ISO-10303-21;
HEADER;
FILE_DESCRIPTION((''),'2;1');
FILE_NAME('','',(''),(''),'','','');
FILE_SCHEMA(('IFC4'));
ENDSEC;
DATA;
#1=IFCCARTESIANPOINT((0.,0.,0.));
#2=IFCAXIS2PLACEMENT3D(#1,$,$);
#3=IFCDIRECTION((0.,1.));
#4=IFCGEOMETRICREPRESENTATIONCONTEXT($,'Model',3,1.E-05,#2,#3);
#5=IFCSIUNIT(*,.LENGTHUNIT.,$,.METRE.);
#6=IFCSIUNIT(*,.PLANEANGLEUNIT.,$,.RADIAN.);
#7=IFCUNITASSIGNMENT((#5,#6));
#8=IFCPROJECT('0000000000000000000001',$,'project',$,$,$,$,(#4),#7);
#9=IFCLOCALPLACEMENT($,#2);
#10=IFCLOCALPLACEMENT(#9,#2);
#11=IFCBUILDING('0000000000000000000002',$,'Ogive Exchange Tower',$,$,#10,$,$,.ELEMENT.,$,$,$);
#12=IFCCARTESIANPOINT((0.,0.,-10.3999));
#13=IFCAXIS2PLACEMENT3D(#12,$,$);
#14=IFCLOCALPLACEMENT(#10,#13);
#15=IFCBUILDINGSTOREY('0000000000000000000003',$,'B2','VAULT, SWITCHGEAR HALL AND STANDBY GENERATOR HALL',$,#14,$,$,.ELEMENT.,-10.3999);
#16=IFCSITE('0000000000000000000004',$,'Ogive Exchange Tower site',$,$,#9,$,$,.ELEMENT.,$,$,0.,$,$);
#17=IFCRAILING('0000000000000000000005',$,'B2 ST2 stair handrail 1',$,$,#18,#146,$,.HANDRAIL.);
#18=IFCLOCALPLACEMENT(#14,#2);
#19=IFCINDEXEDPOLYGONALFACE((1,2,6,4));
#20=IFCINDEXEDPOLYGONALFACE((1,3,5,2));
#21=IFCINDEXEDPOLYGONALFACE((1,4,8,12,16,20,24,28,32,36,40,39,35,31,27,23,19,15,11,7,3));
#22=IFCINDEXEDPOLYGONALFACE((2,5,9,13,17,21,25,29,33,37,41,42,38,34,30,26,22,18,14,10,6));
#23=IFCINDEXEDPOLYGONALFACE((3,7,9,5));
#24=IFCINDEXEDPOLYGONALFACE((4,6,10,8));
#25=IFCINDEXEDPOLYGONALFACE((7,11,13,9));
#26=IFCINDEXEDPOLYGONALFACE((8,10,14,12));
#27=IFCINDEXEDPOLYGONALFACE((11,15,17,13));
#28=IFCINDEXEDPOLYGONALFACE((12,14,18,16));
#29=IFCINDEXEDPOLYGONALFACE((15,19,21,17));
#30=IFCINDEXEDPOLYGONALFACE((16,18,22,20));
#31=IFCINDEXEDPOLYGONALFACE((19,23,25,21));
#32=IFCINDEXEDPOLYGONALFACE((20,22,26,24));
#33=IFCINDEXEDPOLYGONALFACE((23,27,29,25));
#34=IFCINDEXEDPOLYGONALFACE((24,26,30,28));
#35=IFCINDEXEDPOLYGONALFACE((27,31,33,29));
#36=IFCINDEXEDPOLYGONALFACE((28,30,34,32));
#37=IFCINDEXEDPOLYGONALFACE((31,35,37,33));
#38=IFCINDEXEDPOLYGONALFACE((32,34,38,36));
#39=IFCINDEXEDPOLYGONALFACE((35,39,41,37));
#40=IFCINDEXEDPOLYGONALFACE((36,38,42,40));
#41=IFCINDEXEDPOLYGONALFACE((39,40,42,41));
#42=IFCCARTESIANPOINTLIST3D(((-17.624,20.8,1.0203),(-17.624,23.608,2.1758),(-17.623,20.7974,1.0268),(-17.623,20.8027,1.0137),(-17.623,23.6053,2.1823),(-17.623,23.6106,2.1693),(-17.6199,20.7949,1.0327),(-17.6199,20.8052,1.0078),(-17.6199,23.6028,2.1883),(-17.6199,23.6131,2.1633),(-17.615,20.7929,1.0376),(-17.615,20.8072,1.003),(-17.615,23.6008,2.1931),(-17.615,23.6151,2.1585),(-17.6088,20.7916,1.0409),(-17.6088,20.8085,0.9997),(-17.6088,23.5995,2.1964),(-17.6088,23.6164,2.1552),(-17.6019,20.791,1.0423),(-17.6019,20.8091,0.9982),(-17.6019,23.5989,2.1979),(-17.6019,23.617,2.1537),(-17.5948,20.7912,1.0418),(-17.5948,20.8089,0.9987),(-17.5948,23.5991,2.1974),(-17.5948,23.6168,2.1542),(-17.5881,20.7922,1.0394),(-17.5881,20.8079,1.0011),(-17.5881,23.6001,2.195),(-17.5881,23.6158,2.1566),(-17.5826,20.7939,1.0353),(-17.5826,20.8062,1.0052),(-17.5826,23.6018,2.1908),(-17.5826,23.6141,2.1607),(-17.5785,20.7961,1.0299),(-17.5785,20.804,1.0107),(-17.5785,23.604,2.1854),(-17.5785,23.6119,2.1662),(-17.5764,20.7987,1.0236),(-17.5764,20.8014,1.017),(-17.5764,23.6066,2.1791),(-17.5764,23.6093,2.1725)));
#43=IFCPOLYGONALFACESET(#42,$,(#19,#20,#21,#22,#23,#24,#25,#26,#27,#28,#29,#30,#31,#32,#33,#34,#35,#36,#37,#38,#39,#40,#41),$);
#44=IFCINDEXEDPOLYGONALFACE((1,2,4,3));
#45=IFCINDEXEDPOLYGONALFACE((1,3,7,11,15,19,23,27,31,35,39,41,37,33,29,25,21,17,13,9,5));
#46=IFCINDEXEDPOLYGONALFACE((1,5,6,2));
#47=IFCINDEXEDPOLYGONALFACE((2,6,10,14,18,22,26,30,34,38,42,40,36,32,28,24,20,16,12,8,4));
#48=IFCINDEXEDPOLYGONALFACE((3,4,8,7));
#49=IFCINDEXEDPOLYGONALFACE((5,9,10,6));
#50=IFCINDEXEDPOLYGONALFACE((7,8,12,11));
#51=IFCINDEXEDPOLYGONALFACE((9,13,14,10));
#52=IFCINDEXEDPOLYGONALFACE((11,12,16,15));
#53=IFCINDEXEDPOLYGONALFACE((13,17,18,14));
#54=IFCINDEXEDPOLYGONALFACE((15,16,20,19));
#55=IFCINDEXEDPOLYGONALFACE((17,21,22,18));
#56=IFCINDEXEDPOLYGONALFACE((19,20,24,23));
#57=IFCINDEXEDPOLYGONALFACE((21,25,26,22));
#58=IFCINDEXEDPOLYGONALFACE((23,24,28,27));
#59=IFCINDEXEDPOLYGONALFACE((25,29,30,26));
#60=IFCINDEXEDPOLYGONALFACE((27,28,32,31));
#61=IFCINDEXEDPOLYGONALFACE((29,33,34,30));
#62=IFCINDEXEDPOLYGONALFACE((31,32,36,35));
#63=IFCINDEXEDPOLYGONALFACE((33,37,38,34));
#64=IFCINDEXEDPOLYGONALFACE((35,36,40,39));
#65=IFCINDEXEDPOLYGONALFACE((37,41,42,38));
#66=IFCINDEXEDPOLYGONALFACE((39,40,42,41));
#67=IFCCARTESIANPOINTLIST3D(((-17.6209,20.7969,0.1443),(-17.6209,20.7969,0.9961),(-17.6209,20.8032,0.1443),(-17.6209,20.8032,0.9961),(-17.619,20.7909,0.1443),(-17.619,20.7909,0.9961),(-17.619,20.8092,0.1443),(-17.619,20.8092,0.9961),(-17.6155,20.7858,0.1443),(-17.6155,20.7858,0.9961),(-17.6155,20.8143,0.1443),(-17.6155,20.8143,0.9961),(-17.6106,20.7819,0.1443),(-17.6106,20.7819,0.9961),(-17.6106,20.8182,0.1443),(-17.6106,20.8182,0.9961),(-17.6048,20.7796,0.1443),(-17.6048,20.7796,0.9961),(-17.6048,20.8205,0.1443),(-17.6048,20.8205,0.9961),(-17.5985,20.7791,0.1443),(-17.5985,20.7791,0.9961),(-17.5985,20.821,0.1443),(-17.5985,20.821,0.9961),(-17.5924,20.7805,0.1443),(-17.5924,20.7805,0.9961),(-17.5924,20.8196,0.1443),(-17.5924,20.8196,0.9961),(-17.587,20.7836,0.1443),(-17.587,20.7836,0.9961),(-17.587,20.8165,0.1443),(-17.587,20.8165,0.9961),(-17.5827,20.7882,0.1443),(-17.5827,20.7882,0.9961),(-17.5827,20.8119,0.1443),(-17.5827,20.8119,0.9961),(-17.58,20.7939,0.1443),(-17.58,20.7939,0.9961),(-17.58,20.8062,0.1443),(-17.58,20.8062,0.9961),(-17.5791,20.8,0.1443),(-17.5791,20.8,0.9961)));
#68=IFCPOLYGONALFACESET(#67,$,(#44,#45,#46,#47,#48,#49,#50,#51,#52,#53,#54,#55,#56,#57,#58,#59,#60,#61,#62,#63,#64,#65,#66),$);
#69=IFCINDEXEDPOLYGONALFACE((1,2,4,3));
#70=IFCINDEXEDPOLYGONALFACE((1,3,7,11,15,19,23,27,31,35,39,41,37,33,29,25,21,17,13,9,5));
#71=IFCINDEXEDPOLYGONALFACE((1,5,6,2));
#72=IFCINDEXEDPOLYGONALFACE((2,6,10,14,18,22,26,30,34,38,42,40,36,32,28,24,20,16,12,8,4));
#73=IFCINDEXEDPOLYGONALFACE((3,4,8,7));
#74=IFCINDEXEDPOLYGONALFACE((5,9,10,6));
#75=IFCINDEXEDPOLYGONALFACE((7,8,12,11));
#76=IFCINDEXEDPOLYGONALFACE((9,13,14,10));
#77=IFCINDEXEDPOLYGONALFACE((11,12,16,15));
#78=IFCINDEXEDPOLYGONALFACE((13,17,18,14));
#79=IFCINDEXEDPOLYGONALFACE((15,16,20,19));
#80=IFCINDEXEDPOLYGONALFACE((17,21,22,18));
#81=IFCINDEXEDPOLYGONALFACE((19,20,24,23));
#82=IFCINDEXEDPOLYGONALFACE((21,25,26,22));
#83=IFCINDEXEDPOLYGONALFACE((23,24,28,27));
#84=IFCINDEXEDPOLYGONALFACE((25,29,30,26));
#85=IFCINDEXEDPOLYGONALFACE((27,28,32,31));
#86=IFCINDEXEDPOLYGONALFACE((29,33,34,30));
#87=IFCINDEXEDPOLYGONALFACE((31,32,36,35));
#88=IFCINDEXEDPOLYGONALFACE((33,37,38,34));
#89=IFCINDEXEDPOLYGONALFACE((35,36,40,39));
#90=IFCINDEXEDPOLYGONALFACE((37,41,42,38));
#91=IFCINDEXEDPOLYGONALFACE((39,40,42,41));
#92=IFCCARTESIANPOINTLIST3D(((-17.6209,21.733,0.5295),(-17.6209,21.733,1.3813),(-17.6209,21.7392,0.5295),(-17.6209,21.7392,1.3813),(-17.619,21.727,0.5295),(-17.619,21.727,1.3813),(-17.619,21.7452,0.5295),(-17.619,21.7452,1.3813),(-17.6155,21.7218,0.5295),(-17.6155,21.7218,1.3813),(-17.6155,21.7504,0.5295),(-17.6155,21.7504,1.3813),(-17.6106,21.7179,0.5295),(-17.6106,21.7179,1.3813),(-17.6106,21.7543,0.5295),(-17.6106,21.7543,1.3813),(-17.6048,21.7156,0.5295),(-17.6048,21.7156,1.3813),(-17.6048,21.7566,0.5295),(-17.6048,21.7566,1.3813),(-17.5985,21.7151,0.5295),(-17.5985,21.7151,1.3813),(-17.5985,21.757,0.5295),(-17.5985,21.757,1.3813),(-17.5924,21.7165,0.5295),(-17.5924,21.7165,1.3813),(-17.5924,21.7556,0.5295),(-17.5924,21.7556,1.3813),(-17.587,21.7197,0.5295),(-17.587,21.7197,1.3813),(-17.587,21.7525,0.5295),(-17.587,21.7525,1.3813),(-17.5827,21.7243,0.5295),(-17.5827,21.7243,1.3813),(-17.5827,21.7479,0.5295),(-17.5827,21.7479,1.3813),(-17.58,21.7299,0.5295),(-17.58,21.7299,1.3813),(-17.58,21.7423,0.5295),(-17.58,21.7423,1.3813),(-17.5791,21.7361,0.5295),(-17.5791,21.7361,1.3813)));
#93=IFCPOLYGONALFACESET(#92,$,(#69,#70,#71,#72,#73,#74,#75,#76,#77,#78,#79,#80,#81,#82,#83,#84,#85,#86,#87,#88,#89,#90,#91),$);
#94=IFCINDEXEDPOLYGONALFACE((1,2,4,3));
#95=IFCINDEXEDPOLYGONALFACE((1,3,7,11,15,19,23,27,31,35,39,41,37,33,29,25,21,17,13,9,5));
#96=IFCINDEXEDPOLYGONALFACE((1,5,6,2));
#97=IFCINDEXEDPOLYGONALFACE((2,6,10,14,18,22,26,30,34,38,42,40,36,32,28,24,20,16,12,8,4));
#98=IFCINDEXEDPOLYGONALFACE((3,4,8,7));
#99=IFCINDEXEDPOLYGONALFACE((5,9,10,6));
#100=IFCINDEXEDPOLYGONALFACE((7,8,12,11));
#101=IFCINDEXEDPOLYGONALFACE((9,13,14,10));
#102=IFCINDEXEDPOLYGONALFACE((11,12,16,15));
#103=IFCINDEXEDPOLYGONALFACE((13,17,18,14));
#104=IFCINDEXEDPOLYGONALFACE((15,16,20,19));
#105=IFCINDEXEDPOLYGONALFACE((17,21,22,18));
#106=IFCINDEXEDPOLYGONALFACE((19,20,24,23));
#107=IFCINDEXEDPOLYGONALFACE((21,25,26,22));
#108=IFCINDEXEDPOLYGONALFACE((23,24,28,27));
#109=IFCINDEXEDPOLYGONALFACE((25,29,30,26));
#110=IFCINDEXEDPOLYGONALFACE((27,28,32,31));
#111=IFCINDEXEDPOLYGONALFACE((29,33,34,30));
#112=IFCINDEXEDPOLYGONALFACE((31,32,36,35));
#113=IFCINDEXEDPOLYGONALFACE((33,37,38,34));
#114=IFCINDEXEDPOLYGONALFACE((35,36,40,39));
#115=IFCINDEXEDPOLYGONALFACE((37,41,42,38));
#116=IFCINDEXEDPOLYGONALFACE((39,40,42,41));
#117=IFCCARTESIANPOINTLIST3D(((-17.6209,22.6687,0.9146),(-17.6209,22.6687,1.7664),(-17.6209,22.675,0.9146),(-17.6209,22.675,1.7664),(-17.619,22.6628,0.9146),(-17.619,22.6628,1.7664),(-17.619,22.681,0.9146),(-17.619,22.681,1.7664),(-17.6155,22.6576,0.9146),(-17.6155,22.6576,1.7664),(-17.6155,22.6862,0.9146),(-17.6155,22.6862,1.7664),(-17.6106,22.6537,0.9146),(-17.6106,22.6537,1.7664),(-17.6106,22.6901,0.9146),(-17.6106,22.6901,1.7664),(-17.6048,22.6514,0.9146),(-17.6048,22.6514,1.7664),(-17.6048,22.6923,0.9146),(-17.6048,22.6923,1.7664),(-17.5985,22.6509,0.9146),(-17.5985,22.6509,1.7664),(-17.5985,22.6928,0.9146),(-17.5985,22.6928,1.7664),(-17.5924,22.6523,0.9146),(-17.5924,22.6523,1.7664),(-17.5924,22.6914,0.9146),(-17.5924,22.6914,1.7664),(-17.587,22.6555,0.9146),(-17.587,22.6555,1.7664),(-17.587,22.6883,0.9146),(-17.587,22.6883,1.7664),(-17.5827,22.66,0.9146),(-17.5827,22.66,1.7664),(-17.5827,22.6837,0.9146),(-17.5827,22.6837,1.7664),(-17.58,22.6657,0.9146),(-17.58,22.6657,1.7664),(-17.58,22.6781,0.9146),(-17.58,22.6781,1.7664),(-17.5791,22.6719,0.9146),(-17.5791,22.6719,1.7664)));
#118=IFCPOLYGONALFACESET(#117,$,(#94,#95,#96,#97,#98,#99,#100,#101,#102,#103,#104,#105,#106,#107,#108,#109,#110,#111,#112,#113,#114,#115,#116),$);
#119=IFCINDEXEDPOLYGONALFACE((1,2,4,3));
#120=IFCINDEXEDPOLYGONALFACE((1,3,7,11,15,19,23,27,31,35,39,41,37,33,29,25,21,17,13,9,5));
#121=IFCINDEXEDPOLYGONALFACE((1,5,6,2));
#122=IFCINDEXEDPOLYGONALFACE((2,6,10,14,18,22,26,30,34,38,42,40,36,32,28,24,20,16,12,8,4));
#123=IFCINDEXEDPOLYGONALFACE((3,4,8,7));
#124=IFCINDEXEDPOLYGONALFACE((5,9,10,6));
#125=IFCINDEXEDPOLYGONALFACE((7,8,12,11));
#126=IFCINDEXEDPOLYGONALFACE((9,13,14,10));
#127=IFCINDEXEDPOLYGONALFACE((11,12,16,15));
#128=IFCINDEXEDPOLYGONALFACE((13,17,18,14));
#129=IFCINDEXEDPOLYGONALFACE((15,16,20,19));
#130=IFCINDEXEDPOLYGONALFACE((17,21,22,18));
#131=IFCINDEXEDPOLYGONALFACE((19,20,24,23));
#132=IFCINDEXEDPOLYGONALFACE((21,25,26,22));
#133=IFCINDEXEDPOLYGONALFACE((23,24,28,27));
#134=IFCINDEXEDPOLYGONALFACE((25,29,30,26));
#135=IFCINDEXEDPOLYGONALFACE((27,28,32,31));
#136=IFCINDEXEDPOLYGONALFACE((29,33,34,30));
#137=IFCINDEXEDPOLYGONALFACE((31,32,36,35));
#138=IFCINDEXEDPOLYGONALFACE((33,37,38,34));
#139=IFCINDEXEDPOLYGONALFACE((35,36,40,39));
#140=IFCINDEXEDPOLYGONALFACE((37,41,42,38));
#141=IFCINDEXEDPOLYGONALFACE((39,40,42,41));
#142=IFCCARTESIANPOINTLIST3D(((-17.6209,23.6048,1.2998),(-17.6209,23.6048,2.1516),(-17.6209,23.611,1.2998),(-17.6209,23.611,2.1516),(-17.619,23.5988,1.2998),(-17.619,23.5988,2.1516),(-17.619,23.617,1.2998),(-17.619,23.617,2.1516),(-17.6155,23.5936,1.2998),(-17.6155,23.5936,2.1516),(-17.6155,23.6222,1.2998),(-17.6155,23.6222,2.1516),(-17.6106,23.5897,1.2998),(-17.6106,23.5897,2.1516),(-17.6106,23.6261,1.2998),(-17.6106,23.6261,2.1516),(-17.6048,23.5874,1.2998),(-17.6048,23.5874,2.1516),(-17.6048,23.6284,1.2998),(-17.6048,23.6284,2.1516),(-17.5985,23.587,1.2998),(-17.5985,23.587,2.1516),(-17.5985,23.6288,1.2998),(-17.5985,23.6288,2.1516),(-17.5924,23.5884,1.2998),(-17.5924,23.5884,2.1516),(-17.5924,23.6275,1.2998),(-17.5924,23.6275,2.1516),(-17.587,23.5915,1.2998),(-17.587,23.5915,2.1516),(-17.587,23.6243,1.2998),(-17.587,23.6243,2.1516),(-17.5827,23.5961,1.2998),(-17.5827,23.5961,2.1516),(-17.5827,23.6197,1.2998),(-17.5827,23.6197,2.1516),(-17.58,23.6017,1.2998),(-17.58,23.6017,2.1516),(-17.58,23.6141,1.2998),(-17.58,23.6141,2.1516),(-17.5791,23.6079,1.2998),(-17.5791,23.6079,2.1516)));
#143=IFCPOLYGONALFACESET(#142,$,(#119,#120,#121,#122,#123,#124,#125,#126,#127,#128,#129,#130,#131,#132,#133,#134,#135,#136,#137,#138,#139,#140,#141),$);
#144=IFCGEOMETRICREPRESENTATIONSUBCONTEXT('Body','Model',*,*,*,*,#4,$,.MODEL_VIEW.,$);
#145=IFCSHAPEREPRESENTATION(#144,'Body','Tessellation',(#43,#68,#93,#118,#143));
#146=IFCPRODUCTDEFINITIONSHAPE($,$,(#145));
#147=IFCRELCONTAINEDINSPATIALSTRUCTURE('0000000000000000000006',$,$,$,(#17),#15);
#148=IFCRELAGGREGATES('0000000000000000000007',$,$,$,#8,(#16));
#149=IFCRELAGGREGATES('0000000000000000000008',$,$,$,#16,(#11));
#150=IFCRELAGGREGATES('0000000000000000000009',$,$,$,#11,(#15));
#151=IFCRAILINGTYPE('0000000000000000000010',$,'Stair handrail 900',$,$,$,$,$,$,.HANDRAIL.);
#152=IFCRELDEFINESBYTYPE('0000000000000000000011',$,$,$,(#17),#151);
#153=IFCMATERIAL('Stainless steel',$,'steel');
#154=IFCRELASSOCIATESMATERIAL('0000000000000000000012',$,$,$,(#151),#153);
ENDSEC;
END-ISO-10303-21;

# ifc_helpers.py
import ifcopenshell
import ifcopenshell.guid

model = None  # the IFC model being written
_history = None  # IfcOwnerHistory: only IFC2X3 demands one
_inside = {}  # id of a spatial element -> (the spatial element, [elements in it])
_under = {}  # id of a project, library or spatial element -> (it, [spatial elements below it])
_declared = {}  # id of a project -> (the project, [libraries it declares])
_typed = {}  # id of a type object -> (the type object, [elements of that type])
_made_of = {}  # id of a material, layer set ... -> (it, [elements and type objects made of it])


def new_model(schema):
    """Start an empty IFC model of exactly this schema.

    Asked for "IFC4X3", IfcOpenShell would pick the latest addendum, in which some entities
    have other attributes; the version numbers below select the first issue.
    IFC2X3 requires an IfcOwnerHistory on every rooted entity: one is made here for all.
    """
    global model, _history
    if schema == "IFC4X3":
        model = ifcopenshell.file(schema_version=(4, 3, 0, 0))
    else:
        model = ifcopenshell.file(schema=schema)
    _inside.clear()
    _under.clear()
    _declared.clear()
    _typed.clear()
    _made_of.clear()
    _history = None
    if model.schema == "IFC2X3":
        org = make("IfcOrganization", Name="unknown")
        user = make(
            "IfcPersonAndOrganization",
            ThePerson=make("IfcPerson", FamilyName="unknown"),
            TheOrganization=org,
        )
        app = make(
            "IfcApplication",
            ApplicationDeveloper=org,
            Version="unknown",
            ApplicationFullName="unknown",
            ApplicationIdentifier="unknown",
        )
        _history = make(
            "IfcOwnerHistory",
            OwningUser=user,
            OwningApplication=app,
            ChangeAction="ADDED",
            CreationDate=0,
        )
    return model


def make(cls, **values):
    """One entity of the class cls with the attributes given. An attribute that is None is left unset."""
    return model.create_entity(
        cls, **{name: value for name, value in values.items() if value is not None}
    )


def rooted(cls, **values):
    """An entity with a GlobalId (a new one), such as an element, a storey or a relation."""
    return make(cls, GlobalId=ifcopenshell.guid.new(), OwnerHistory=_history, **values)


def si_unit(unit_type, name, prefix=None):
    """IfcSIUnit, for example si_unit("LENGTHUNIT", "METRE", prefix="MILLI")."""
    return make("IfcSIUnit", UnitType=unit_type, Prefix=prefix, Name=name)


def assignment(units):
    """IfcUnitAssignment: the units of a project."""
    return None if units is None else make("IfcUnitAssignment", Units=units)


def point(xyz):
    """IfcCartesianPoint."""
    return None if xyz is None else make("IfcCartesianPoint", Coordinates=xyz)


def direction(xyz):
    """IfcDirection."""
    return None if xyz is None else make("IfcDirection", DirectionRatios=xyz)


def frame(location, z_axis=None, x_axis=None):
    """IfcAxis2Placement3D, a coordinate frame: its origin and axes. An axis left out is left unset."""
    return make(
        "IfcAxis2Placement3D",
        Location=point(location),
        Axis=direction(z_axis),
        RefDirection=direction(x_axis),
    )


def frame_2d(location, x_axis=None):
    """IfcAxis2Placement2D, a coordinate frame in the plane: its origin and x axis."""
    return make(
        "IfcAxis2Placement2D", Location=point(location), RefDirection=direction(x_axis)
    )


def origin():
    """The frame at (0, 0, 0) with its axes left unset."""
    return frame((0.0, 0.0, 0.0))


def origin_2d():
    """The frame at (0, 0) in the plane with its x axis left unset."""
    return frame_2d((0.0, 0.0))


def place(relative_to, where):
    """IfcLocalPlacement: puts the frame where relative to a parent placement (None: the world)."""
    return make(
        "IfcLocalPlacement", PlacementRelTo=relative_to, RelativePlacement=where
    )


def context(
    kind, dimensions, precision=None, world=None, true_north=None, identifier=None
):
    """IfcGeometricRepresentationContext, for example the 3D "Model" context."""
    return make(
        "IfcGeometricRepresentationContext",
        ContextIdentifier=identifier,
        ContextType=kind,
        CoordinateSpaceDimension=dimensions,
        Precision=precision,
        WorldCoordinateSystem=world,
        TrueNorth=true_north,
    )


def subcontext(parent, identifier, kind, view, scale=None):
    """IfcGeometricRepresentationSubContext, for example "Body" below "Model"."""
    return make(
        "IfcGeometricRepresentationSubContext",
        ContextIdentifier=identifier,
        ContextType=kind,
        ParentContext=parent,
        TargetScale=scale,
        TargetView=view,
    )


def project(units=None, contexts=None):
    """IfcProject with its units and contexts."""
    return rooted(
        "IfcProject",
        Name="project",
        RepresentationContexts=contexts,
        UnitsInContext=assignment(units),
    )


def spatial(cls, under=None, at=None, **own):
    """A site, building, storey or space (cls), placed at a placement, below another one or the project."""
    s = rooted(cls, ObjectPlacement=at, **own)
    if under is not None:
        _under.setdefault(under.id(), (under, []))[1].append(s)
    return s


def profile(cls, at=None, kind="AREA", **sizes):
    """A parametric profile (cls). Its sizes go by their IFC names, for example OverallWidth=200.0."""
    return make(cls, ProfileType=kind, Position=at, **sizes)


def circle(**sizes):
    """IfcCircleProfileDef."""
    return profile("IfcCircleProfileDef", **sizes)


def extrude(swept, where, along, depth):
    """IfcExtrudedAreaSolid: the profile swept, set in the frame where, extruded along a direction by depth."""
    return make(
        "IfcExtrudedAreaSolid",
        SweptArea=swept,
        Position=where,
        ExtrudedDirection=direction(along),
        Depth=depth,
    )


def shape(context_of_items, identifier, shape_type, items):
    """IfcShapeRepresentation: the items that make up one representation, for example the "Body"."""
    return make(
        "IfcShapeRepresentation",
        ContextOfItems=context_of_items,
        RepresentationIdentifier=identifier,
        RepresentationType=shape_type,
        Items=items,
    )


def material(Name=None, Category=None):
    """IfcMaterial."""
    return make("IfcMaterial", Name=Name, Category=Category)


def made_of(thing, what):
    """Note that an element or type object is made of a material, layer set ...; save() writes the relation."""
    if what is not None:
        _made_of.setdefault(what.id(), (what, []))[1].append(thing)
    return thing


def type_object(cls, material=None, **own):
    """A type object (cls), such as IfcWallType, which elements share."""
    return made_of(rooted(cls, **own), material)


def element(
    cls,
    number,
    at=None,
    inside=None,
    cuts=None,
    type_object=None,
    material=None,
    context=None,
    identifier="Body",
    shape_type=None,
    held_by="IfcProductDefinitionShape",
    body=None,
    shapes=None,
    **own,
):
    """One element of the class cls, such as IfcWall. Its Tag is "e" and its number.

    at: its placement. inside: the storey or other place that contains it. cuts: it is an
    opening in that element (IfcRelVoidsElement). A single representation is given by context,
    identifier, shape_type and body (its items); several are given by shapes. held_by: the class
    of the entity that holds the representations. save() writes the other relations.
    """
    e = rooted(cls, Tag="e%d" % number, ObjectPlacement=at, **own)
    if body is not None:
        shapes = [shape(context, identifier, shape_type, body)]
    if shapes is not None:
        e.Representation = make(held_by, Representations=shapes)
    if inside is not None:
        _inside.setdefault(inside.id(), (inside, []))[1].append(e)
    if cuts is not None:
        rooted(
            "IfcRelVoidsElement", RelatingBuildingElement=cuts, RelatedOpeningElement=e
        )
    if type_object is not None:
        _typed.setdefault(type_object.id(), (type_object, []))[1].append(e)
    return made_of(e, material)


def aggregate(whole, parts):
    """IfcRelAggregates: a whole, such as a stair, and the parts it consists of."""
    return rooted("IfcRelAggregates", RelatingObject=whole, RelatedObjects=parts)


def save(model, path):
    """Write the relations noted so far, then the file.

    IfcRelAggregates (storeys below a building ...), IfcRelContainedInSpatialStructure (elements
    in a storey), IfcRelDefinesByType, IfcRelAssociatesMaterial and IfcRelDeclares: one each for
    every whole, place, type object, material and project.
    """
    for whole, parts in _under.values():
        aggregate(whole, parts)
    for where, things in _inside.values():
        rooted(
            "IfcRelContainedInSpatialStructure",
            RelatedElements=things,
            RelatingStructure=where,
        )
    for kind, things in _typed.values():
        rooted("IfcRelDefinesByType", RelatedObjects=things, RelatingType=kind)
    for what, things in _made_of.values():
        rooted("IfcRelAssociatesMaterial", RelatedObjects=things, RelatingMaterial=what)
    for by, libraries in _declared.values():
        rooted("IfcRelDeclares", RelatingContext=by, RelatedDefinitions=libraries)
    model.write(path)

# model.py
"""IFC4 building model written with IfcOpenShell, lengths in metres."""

from ifc_helpers import new_model, si_unit, direction, frame, origin, origin_2d, place, context, subcontext, project, spatial, circle, extrude, material, type_object, element, save


model = new_model("IFC4")

# Units and contexts
model_context = context("Model", 3, precision=1e-05, world=origin(), true_north=direction((0.0, 1.0)))
body_context = subcontext(model_context, "Body", "Model", "MODEL_VIEW")
ifc_project = project(units=[si_unit("LENGTHUNIT", "METRE"), si_unit("PLANEANGLEUNIT", "RADIAN")], contexts=[model_context])

# Site, building, storey
site_placement = place(None, origin())
site = spatial("IfcSite", under=ifc_project, at=site_placement, Name="Ogive Exchange Tower site", CompositionType="ELEMENT", RefElevation=0.0)
building_placement = place(site_placement, origin())
building = spatial("IfcBuilding", under=site, at=building_placement, Name="Ogive Exchange Tower", CompositionType="ELEMENT")
storey_placement = place(building_placement, frame((0.0, 0.0, -10.3999)))
storey = spatial("IfcBuildingStorey", under=building, at=storey_placement, Name="B2", Description="VAULT, SWITCHGEAR HALL AND STANDBY GENERATOR HALL", CompositionType="ELEMENT", Elevation=-10.3999)

# Shared definitions
ifc_material_1 = material(Name="Stainless steel", Category="steel")

# Railing
railing_type = type_object("IfcRailingType", Name="Stair handrail 900", PredefinedType="HANDRAIL", material=ifc_material_1)
for number, where, name in (
    (1, (-17.6001, 20.8, 0.1443), "B2 ST2 stair handrail 1"),
):
    element("IfcRailing", number, at=place(storey_placement, frame(where)), inside=storey, type_object=railing_type, Name=name, PredefinedType="HANDRAIL", context=body_context, shape_type="SweptSolid", body=[
        extrude(circle(Radius=0.0239, at=origin_2d()), frame((0.0, 0.0, 0.876), z_axis=(0.0, 0.924755, 0.380564), x_axis=(-1.0, 0.0, 0.0)), (0.0, 0.0, 1.0), 3.0364),
        extrude(circle(Radius=0.021, at=origin_2d()), origin(), (0.0, 0.0, 1.0), 0.8518),
        extrude(circle(Radius=0.021, at=origin_2d()), frame((0.0, 0.936, 0.3853)), (0.0, 0.0, 1.0), 0.8518),
        extrude(circle(Radius=0.021, at=origin_2d()), frame((0.0, 1.8718, 0.7703)), (0.0, 0.0, 1.0), 0.8518),
        extrude(circle(Radius=0.021, at=origin_2d()), frame((0.0, 2.8079, 1.1555)), (0.0, 0.0, 1.0), 0.8518),
    ])

save(model, "model.ifc")
